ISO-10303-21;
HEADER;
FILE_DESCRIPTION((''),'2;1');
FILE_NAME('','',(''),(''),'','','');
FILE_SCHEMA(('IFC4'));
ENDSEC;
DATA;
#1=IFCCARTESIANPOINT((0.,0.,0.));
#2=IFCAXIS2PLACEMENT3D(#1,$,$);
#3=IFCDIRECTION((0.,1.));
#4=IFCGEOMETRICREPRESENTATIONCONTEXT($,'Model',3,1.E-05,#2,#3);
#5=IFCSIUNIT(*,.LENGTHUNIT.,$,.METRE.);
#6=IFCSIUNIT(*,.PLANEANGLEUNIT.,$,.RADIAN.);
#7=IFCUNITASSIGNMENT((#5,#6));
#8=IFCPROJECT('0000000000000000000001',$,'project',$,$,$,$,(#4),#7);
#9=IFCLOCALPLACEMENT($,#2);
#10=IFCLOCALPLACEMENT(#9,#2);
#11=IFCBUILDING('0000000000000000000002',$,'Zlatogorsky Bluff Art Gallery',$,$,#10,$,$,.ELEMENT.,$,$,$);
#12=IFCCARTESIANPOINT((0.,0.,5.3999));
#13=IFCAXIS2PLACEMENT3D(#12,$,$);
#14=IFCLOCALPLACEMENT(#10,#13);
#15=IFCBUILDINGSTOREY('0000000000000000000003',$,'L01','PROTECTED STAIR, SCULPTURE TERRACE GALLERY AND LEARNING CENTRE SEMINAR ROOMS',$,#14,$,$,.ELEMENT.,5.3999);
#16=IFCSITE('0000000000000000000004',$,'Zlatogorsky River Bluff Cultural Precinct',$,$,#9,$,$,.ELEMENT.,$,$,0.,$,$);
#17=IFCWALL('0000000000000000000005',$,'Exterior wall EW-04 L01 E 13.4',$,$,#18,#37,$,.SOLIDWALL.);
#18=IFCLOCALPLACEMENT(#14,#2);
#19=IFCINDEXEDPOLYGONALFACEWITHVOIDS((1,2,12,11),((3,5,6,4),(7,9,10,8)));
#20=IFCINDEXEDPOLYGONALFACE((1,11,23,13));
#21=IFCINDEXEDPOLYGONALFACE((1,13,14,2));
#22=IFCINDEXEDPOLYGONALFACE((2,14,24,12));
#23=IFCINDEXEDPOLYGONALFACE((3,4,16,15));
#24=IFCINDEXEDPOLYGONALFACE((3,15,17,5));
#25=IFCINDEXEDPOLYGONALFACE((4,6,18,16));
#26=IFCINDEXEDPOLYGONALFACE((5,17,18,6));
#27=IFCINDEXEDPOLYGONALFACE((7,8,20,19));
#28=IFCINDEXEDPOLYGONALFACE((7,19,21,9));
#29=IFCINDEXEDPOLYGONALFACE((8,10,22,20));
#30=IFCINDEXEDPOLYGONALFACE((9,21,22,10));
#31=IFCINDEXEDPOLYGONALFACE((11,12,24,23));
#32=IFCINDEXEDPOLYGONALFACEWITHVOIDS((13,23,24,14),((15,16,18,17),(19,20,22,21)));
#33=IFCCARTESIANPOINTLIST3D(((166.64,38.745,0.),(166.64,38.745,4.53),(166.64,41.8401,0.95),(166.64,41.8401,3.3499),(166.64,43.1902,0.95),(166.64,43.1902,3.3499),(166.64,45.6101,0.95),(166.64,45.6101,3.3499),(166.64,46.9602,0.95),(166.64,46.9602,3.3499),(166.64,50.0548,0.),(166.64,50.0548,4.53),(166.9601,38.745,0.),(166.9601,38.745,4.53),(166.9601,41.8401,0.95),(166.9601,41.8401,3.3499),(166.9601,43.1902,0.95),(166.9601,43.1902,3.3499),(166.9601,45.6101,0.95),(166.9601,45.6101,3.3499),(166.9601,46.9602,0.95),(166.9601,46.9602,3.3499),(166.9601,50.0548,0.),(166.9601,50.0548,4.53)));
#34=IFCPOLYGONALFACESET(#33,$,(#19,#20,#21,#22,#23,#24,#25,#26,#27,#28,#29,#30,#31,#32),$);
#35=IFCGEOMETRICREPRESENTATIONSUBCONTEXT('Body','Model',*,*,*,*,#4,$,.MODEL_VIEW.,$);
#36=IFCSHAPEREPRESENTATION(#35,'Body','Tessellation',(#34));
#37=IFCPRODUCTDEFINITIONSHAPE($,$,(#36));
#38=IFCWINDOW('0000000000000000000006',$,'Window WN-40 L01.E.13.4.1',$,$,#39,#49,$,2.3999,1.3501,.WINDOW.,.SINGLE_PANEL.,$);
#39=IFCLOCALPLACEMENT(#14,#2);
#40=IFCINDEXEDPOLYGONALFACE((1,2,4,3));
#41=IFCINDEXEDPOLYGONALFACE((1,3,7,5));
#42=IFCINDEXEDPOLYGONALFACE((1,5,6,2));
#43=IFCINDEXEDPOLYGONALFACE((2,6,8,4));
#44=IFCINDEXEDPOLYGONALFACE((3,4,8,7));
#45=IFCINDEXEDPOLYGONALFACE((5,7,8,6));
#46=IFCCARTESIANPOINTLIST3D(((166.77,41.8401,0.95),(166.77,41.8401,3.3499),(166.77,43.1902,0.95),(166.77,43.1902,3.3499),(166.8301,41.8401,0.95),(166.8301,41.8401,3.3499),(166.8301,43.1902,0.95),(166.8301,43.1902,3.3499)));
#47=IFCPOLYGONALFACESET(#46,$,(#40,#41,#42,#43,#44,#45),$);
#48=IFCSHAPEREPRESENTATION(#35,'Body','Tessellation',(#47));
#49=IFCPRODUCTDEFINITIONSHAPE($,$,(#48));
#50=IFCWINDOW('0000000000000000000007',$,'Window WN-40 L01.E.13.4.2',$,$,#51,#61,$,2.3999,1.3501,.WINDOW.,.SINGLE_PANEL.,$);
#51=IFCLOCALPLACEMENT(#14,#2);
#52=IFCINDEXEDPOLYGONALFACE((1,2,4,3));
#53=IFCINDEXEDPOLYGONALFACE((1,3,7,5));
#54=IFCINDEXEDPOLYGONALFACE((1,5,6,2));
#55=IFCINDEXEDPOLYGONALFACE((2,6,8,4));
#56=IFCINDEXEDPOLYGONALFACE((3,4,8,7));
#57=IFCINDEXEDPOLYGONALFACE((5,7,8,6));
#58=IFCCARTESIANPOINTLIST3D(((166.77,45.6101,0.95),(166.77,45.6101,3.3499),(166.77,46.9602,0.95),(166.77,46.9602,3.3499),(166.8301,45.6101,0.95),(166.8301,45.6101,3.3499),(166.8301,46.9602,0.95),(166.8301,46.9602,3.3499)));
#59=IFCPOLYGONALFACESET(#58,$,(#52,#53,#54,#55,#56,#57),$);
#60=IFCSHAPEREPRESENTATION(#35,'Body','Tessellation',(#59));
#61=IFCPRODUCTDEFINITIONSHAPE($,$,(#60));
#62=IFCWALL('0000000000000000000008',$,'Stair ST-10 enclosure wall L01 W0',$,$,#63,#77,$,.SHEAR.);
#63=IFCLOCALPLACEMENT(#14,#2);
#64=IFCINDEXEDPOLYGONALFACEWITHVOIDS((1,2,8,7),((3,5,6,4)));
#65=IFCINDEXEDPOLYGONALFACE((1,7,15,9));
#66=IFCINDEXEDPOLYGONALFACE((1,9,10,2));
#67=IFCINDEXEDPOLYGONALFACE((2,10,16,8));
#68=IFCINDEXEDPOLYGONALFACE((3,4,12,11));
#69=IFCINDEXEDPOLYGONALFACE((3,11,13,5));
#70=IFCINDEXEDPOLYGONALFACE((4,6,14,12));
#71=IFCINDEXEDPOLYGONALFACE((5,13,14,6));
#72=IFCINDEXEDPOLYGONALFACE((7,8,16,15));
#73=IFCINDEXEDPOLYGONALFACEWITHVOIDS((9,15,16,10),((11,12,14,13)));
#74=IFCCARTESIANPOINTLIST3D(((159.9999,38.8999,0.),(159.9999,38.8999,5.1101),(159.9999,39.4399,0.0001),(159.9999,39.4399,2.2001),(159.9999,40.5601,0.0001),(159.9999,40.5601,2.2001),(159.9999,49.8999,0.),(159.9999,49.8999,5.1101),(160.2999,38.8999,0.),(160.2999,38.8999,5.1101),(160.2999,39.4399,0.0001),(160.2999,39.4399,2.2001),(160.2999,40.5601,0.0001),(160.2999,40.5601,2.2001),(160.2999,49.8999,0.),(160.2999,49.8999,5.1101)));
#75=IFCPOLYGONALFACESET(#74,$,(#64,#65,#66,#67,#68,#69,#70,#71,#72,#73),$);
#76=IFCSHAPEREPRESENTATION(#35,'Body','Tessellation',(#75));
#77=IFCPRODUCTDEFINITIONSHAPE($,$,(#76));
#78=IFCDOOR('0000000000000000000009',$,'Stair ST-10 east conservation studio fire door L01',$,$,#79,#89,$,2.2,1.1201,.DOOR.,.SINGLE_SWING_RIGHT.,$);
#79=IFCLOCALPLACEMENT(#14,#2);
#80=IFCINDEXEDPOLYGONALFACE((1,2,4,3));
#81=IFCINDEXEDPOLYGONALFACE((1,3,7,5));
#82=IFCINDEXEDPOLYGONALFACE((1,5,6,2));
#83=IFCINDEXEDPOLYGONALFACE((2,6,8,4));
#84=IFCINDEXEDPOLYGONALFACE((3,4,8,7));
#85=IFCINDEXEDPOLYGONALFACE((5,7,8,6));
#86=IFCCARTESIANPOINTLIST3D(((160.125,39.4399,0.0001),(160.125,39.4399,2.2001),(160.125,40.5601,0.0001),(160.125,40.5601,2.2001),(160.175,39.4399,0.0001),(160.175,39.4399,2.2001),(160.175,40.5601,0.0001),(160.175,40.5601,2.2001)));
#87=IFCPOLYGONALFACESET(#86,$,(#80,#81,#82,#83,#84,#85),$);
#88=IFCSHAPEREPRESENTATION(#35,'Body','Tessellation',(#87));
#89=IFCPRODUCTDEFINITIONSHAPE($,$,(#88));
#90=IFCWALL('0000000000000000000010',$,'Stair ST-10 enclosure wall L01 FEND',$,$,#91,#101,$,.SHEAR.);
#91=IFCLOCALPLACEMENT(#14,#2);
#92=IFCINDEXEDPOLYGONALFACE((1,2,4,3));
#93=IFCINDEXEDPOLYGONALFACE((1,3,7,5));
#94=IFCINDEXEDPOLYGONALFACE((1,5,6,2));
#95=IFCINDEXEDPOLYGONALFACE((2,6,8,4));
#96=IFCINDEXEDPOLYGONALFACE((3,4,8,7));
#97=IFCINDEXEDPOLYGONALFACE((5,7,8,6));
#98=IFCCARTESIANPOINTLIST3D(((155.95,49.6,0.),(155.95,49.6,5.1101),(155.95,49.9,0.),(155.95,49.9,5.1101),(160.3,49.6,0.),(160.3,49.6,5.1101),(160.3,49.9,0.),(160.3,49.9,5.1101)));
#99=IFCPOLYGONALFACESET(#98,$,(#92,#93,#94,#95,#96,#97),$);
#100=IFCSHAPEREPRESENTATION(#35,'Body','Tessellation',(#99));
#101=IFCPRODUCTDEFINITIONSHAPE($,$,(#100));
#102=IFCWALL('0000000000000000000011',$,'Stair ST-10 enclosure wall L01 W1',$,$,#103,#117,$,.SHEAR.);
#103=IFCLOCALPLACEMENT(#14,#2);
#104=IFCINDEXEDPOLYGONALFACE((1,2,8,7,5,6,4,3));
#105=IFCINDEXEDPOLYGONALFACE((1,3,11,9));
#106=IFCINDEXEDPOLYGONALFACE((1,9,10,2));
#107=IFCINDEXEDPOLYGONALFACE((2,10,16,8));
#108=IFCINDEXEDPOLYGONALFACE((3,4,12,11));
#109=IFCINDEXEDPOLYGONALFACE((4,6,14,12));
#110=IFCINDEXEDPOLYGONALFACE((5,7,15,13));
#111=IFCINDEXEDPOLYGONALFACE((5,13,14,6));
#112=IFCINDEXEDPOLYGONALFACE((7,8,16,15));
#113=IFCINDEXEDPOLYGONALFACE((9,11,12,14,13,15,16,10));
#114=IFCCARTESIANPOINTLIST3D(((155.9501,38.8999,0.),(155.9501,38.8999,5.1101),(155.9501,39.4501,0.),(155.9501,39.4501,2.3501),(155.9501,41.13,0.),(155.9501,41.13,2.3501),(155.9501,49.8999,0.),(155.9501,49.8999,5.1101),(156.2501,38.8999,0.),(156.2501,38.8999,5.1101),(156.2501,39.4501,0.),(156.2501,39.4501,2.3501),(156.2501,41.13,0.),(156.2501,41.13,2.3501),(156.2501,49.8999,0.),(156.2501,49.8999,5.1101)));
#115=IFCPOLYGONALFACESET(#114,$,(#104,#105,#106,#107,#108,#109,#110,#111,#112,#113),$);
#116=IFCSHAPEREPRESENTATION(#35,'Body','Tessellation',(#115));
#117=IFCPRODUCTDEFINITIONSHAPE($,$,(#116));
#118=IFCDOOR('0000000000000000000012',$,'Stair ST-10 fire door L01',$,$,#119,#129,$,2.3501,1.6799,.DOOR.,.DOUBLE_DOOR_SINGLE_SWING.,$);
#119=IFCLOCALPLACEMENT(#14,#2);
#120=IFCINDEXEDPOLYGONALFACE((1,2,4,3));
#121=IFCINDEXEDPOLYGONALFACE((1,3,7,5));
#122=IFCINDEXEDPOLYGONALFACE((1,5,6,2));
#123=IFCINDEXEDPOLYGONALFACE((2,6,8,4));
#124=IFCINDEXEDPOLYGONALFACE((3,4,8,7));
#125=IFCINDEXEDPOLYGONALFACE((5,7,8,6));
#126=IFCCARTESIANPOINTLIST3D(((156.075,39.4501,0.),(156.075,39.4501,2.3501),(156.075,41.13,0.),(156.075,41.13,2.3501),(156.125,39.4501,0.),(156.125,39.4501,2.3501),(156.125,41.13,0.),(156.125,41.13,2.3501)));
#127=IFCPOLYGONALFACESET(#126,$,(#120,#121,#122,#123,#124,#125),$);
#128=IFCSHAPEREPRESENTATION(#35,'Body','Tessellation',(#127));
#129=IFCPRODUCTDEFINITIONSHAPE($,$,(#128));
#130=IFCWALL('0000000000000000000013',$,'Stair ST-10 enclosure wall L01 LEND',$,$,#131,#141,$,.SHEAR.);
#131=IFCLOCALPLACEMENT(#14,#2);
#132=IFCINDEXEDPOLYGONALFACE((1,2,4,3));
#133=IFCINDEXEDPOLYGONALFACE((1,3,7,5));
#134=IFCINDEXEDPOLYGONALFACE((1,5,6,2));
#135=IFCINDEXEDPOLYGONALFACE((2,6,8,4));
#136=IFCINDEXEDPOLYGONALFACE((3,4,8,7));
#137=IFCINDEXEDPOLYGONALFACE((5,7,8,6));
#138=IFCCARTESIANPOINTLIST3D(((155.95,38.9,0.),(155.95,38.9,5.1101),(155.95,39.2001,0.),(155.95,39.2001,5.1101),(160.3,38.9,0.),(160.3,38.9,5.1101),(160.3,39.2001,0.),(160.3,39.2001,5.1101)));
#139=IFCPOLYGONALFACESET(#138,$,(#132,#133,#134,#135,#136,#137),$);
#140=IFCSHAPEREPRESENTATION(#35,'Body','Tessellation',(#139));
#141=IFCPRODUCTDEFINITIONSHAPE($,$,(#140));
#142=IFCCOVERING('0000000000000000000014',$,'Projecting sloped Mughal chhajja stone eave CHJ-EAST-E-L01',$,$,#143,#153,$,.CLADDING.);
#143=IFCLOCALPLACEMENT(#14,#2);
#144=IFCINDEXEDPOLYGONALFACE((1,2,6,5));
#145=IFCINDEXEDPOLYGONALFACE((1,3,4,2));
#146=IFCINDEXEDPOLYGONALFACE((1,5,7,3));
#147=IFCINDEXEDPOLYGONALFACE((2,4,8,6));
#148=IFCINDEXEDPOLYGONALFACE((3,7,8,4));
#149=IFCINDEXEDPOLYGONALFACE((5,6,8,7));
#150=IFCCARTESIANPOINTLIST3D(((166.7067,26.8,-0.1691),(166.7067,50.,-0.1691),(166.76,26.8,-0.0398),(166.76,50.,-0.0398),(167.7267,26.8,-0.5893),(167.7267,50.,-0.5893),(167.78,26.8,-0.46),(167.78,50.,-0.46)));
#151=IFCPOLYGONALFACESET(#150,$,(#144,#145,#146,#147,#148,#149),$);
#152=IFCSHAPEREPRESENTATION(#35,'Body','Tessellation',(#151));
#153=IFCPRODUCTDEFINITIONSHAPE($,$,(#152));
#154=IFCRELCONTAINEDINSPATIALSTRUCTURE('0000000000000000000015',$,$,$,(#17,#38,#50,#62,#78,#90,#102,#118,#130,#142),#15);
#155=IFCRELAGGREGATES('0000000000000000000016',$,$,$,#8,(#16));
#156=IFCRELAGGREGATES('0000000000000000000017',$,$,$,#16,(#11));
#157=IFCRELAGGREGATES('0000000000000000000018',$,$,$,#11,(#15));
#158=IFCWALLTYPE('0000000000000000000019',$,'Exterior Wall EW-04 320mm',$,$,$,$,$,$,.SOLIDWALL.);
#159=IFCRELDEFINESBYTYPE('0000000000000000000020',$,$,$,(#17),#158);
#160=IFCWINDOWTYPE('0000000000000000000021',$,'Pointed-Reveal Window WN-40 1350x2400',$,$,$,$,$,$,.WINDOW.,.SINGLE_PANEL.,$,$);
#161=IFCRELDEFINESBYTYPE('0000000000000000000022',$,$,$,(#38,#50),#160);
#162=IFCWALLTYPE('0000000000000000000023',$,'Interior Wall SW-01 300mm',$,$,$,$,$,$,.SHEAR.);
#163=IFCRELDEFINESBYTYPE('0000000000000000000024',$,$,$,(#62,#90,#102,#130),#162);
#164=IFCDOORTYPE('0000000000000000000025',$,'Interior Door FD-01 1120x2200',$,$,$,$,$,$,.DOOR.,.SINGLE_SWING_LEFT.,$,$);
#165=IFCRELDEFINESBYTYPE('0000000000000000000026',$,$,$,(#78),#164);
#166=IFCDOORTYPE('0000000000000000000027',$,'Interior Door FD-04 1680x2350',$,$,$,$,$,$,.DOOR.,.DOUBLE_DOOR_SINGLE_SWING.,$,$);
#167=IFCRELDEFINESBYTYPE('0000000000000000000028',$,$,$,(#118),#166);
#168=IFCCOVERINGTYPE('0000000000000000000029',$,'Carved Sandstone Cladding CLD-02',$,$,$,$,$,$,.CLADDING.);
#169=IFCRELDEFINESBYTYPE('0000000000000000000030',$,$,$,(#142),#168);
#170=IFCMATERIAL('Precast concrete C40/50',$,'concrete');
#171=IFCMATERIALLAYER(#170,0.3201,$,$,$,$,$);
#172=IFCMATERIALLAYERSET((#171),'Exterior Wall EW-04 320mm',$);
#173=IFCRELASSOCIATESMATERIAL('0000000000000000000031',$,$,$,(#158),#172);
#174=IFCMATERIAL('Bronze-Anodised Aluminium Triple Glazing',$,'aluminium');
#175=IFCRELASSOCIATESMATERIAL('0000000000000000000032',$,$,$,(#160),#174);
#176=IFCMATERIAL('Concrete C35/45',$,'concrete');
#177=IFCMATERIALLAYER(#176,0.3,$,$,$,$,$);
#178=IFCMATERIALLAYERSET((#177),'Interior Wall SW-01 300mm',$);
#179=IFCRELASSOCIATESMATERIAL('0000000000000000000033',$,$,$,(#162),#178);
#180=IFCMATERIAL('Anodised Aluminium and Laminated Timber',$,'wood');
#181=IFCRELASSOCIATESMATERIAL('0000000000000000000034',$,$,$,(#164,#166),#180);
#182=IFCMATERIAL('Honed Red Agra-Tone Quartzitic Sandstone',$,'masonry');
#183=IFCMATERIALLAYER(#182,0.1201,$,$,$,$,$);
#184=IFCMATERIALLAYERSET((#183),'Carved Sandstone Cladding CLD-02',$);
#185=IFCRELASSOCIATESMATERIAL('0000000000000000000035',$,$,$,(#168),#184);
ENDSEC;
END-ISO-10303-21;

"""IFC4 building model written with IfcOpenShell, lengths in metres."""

from ifc_helpers import new_model, si_unit, direction, frame, frame_2d, origin, place, context, subcontext, project, spatial, polyline, rectangle, outline, extrude, material, layer, layer_set, type_object, element, fill, save


model = new_model("IFC4")

# Units and contexts
model_context = context("Model", 3, precision=1e-05, world=origin(), true_north=direction((0.0, 1.0)))
body_context = subcontext(model_context, "Body", "Model", "MODEL_VIEW")
ifc_project = project(units=[si_unit("LENGTHUNIT", "METRE"), si_unit("PLANEANGLEUNIT", "RADIAN")], contexts=[model_context])

# Site, building, storey
site_placement = place(None, origin())
site = spatial("IfcSite", under=ifc_project, at=site_placement, Name="Zlatogorsky River Bluff Cultural Precinct", CompositionType="ELEMENT", RefElevation=0.0)
building_placement = place(site_placement, origin())
building = spatial("IfcBuilding", under=site, at=building_placement, Name="Zlatogorsky Bluff Art Gallery", CompositionType="ELEMENT")
storey_placement = place(building_placement, frame((0.0, 0.0, 5.3999)))
storey = spatial("IfcBuildingStorey", under=building, at=storey_placement, Name="L01", Description="PROTECTED STAIR, SCULPTURE TERRACE GALLERY AND LEARNING CENTRE SEMINAR ROOMS", CompositionType="ELEMENT", Elevation=5.3999)

# Shared definitions
ifc_material_1 = material(Name="Concrete C35/45", Category="concrete")

# Shared definitions
ifc_material_2 = material(Name="Precast concrete C40/50", Category="concrete")
ifc_layer_1 = layer(ifc_material_2, 0.3201)
ifc_layer_set_1 = layer_set([ifc_layer_1], Name="Exterior Wall EW-04 320mm")
wall_type_1 = type_object("IfcWallType", Name="Exterior Wall EW-04 320mm", PredefinedType="SOLIDWALL", material=ifc_layer_set_1)

# Wall, openings, windows
wall_1_placement = place(storey_placement, frame((166.8, 38.7451, 0.0), z_axis=(0.0, 0.0, 1.0), x_axis=(0.0, 1.0, 0.0)))
wall_1 = element("IfcWall", 1, at=wall_1_placement, inside=storey, type_object=wall_type_1, Name="Exterior wall EW-04 L01 E 13.4", PredefinedType="SOLIDWALL", context=body_context, shape_type="SweptSolid", body=[
    extrude(rectangle(XDim=11.3098, YDim=0.3201, at=frame_2d((5.6548, 0.0))), origin(), (0.0, 0.0, 1.0), 4.53),
])
opening_1_placement = place(wall_1_placement, frame((3.095, 0.0, 0.95)))
opening_1 = element("IfcOpeningElement", 2, at=opening_1_placement, cuts=wall_1, PredefinedType="OPENING", context=body_context, shape_type="SweptSolid", body=[
    extrude(rectangle(XDim=1.3501, YDim=2.3999, at=frame_2d((0.675, 1.2))), frame((0.0, 0.1699, 0.0), z_axis=(0.0, -1.0, 0.0), x_axis=(1.0, 0.0, 0.0)), (0.0, 0.0, 1.0), 0.3401),
])
opening_2_placement = place(wall_1_placement, frame((6.865, 0.0, 0.95)))
opening_2 = element("IfcOpeningElement", 3, at=opening_2_placement, cuts=wall_1, PredefinedType="OPENING", context=body_context, shape_type="SweptSolid", body=[
    extrude(rectangle(XDim=1.3501, YDim=2.3999, at=frame_2d((0.675, 1.2))), frame((0.0, 0.1699, 0.0), z_axis=(0.0, -1.0, 0.0), x_axis=(1.0, 0.0, 0.0)), (0.0, 0.0, 1.0), 0.3401),
])
ifc_material_3 = material(Name="Bronze-Anodised Aluminium Triple Glazing", Category="aluminium")
window_type = type_object("IfcWindowType", Name="Pointed-Reveal Window WN-40 1350x2400", PartitioningType="SINGLE_PANEL", PredefinedType="WINDOW", material=ifc_material_3)
window_1_placement = place(opening_1_placement, origin())
window_1 = element("IfcWindow", 4, at=window_1_placement, inside=storey, type_object=window_type, Name="Window WN-40 L01.E.13.4.1", OverallHeight=2.3999, OverallWidth=1.3501, PartitioningType="SINGLE_PANEL", PredefinedType="WINDOW", context=body_context, shape_type="SweptSolid", body=[
    extrude(rectangle(XDim=1.3501, YDim=2.3999, at=frame_2d((0.675, 1.2))), frame((0.0, 0.03, 0.0), z_axis=(0.0, -1.0, 0.0), x_axis=(1.0, 0.0, 0.0)), (0.0, 0.0, 1.0), 0.0601),
])
fill(opening_1, window_1)
window_2_placement = place(opening_2_placement, origin())
window_2 = element("IfcWindow", 5, at=window_2_placement, inside=storey, type_object=window_type, Name="Window WN-40 L01.E.13.4.2", OverallHeight=2.3999, OverallWidth=1.3501, PartitioningType="SINGLE_PANEL", PredefinedType="WINDOW", context=body_context, shape_type="SweptSolid", body=[
    extrude(rectangle(XDim=1.3501, YDim=2.3999, at=frame_2d((0.675, 1.2))), frame((0.0, 0.03, 0.0), z_axis=(0.0, -1.0, 0.0), x_axis=(1.0, 0.0, 0.0)), (0.0, 0.0, 1.0), 0.0601),
])
fill(opening_2, window_2)

# Wall, opening, door
ifc_layer_2 = layer(ifc_material_1, 0.3)
ifc_layer_set_2 = layer_set([ifc_layer_2], Name="Interior Wall SW-01 300mm")
wall_type_2 = type_object("IfcWallType", Name="Interior Wall SW-01 300mm", PredefinedType="SHEAR", material=ifc_layer_set_2)
wall_2_placement = place(storey_placement, frame((160.1499, 38.8999, 0.0), z_axis=(0.0, 0.0, 1.0), x_axis=(0.0, 1.0, 0.0)))
wall_2 = element("IfcWall", 6, at=wall_2_placement, inside=storey, type_object=wall_type_2, Name="Stair ST-10 enclosure wall L01 W0", PredefinedType="SHEAR", context=body_context, shape_type="SweptSolid", body=[
    extrude(rectangle(XDim=11.0, YDim=0.3, at=frame_2d((5.5, 0.0))), origin(), (0.0, 0.0, 1.0), 5.1101),
])
opening_3_placement = place(wall_2_placement, frame((0.54, 0.0, 0.0)))
opening_3 = element("IfcOpeningElement", 7, at=opening_3_placement, cuts=wall_2, PredefinedType="OPENING", context=body_context, shape_type="SweptSolid", body=[
    extrude(rectangle(XDim=1.1201, YDim=2.2, at=frame_2d((0.5601, 1.1001))), frame((0.0, 0.1599, 0.0), z_axis=(0.0, -1.0, 0.0), x_axis=(1.0, 0.0, 0.0)), (0.0, 0.0, 1.0), 0.3201),
])
ifc_material_4 = material(Name="Anodised Aluminium and Laminated Timber", Category="wood")
door_type_1 = type_object("IfcDoorType", Name="Interior Door FD-01 1120x2200", OperationType="SINGLE_SWING_LEFT", PredefinedType="DOOR", material=ifc_material_4)
door_1_placement = place(opening_3_placement, origin())
door_1 = element("IfcDoor", 8, at=door_1_placement, inside=storey, type_object=door_type_1, Name="Stair ST-10 east conservation studio fire door L01", OperationType="SINGLE_SWING_RIGHT", OverallHeight=2.2, OverallWidth=1.1201, PredefinedType="DOOR", context=body_context, shape_type="SweptSolid", body=[
    extrude(rectangle(XDim=1.1201, YDim=2.2, at=frame_2d((0.5601, 1.1001))), frame((0.0, 0.0249, 0.0), z_axis=(0.0, -1.0, 0.0), x_axis=(1.0, 0.0, 0.0)), (0.0, 0.0, 1.0), 0.05),
])
fill(opening_3, door_1)

# Wall
wall_3_placement = place(storey_placement, frame((160.3, 49.75, 0.0), z_axis=(0.0, 0.0, 1.0), x_axis=(-1.0, 0.0, 0.0)))
element("IfcWall", 9, at=wall_3_placement, inside=storey, type_object=wall_type_2, Name="Stair ST-10 enclosure wall L01 FEND", PredefinedType="SHEAR", context=body_context, shape_type="SweptSolid", body=[
    extrude(rectangle(XDim=4.3501, YDim=0.3, at=frame_2d((2.175, 0.0))), origin(), (0.0, 0.0, 1.0), 5.1101),
])

# Wall, opening, door
wall_4_placement = place(storey_placement, frame((156.1001, 49.8999, 0.0), z_axis=(0.0, 0.0, 1.0), x_axis=(0.0, -1.0, 0.0)))
wall_4 = element("IfcWall", 10, at=wall_4_placement, inside=storey, type_object=wall_type_2, Name="Stair ST-10 enclosure wall L01 W1", PredefinedType="SHEAR", context=body_context, shape_type="SweptSolid", body=[
    extrude(rectangle(XDim=11.0, YDim=0.3, at=frame_2d((5.5, 0.0))), origin(), (0.0, 0.0, 1.0), 5.1101),
])
opening_4_placement = place(wall_4_placement, frame((8.77, 0.0, 0.0)))
opening_4 = element("IfcOpeningElement", 11, at=opening_4_placement, cuts=wall_4, PredefinedType="OPENING", context=body_context, shape_type="SweptSolid", body=[
    extrude(rectangle(XDim=1.6799, YDim=2.3501, at=frame_2d((0.8398, 1.175))), frame((0.0, 0.1599, 0.0), z_axis=(0.0, -1.0, 0.0), x_axis=(1.0, 0.0, 0.0)), (0.0, 0.0, 1.0), 0.3201),
])
door_type_2 = type_object("IfcDoorType", Name="Interior Door FD-04 1680x2350", OperationType="DOUBLE_DOOR_SINGLE_SWING", PredefinedType="DOOR", material=ifc_material_4)
door_2_placement = place(opening_4_placement, origin())
door_2 = element("IfcDoor", 12, at=door_2_placement, inside=storey, type_object=door_type_2, Name="Stair ST-10 fire door L01", OperationType="DOUBLE_DOOR_SINGLE_SWING", OverallHeight=2.3501, OverallWidth=1.6799, PredefinedType="DOOR", context=body_context, shape_type="SweptSolid", body=[
    extrude(rectangle(XDim=1.6799, YDim=2.3501, at=frame_2d((0.8398, 1.175))), frame((0.0, 0.0249, 0.0), z_axis=(0.0, -1.0, 0.0), x_axis=(1.0, 0.0, 0.0)), (0.0, 0.0, 1.0), 0.05),
])
fill(opening_4, door_2)

# Wall
wall_5_placement = place(storey_placement, frame((155.95, 39.05, 0.0), z_axis=(0.0, 0.0, 1.0), x_axis=(1.0, 0.0, 0.0)))
element("IfcWall", 13, at=wall_5_placement, inside=storey, type_object=wall_type_2, Name="Stair ST-10 enclosure wall L01 LEND", PredefinedType="SHEAR", context=body_context, shape_type="SweptSolid", body=[
    extrude(rectangle(XDim=4.3501, YDim=0.3, at=frame_2d((2.175, 0.0))), origin(), (0.0, 0.0, 1.0), 5.1101),
])

# Covering
ifc_material_5 = material(Name="Honed Red Agra-Tone Quartzitic Sandstone", Category="masonry")
ifc_layer_3 = layer(ifc_material_5, 0.1201)
ifc_layer_set_3 = layer_set([ifc_layer_3], Name="Carved Sandstone Cladding CLD-02")
covering_type = type_object("IfcCoveringType", Name="Carved Sandstone Cladding CLD-02", PredefinedType="CLADDING", material=ifc_layer_set_3)
covering_placement = place(storey_placement, frame((166.76, 50.0, -0.0398), z_axis=(0.380872, 0.0, 0.924628), x_axis=(0.0, -1.0, 0.0)))
element("IfcCovering", 14, at=covering_placement, inside=storey, type_object=covering_type, Name="Projecting sloped Mughal chhajja stone eave CHJ-EAST-E-L01", PredefinedType="CLADDING", context=body_context, shape_type="SweptSolid", body=[
    extrude(outline(polyline([(0.0, 0.0), (23.2, 0.0), (23.2, 1.1032), (0.0, 1.1032), (0.0, 0.0)])), origin(), (0.0, 0.0, -1.0), 0.1399),
])

save(model, "model.ifc")
